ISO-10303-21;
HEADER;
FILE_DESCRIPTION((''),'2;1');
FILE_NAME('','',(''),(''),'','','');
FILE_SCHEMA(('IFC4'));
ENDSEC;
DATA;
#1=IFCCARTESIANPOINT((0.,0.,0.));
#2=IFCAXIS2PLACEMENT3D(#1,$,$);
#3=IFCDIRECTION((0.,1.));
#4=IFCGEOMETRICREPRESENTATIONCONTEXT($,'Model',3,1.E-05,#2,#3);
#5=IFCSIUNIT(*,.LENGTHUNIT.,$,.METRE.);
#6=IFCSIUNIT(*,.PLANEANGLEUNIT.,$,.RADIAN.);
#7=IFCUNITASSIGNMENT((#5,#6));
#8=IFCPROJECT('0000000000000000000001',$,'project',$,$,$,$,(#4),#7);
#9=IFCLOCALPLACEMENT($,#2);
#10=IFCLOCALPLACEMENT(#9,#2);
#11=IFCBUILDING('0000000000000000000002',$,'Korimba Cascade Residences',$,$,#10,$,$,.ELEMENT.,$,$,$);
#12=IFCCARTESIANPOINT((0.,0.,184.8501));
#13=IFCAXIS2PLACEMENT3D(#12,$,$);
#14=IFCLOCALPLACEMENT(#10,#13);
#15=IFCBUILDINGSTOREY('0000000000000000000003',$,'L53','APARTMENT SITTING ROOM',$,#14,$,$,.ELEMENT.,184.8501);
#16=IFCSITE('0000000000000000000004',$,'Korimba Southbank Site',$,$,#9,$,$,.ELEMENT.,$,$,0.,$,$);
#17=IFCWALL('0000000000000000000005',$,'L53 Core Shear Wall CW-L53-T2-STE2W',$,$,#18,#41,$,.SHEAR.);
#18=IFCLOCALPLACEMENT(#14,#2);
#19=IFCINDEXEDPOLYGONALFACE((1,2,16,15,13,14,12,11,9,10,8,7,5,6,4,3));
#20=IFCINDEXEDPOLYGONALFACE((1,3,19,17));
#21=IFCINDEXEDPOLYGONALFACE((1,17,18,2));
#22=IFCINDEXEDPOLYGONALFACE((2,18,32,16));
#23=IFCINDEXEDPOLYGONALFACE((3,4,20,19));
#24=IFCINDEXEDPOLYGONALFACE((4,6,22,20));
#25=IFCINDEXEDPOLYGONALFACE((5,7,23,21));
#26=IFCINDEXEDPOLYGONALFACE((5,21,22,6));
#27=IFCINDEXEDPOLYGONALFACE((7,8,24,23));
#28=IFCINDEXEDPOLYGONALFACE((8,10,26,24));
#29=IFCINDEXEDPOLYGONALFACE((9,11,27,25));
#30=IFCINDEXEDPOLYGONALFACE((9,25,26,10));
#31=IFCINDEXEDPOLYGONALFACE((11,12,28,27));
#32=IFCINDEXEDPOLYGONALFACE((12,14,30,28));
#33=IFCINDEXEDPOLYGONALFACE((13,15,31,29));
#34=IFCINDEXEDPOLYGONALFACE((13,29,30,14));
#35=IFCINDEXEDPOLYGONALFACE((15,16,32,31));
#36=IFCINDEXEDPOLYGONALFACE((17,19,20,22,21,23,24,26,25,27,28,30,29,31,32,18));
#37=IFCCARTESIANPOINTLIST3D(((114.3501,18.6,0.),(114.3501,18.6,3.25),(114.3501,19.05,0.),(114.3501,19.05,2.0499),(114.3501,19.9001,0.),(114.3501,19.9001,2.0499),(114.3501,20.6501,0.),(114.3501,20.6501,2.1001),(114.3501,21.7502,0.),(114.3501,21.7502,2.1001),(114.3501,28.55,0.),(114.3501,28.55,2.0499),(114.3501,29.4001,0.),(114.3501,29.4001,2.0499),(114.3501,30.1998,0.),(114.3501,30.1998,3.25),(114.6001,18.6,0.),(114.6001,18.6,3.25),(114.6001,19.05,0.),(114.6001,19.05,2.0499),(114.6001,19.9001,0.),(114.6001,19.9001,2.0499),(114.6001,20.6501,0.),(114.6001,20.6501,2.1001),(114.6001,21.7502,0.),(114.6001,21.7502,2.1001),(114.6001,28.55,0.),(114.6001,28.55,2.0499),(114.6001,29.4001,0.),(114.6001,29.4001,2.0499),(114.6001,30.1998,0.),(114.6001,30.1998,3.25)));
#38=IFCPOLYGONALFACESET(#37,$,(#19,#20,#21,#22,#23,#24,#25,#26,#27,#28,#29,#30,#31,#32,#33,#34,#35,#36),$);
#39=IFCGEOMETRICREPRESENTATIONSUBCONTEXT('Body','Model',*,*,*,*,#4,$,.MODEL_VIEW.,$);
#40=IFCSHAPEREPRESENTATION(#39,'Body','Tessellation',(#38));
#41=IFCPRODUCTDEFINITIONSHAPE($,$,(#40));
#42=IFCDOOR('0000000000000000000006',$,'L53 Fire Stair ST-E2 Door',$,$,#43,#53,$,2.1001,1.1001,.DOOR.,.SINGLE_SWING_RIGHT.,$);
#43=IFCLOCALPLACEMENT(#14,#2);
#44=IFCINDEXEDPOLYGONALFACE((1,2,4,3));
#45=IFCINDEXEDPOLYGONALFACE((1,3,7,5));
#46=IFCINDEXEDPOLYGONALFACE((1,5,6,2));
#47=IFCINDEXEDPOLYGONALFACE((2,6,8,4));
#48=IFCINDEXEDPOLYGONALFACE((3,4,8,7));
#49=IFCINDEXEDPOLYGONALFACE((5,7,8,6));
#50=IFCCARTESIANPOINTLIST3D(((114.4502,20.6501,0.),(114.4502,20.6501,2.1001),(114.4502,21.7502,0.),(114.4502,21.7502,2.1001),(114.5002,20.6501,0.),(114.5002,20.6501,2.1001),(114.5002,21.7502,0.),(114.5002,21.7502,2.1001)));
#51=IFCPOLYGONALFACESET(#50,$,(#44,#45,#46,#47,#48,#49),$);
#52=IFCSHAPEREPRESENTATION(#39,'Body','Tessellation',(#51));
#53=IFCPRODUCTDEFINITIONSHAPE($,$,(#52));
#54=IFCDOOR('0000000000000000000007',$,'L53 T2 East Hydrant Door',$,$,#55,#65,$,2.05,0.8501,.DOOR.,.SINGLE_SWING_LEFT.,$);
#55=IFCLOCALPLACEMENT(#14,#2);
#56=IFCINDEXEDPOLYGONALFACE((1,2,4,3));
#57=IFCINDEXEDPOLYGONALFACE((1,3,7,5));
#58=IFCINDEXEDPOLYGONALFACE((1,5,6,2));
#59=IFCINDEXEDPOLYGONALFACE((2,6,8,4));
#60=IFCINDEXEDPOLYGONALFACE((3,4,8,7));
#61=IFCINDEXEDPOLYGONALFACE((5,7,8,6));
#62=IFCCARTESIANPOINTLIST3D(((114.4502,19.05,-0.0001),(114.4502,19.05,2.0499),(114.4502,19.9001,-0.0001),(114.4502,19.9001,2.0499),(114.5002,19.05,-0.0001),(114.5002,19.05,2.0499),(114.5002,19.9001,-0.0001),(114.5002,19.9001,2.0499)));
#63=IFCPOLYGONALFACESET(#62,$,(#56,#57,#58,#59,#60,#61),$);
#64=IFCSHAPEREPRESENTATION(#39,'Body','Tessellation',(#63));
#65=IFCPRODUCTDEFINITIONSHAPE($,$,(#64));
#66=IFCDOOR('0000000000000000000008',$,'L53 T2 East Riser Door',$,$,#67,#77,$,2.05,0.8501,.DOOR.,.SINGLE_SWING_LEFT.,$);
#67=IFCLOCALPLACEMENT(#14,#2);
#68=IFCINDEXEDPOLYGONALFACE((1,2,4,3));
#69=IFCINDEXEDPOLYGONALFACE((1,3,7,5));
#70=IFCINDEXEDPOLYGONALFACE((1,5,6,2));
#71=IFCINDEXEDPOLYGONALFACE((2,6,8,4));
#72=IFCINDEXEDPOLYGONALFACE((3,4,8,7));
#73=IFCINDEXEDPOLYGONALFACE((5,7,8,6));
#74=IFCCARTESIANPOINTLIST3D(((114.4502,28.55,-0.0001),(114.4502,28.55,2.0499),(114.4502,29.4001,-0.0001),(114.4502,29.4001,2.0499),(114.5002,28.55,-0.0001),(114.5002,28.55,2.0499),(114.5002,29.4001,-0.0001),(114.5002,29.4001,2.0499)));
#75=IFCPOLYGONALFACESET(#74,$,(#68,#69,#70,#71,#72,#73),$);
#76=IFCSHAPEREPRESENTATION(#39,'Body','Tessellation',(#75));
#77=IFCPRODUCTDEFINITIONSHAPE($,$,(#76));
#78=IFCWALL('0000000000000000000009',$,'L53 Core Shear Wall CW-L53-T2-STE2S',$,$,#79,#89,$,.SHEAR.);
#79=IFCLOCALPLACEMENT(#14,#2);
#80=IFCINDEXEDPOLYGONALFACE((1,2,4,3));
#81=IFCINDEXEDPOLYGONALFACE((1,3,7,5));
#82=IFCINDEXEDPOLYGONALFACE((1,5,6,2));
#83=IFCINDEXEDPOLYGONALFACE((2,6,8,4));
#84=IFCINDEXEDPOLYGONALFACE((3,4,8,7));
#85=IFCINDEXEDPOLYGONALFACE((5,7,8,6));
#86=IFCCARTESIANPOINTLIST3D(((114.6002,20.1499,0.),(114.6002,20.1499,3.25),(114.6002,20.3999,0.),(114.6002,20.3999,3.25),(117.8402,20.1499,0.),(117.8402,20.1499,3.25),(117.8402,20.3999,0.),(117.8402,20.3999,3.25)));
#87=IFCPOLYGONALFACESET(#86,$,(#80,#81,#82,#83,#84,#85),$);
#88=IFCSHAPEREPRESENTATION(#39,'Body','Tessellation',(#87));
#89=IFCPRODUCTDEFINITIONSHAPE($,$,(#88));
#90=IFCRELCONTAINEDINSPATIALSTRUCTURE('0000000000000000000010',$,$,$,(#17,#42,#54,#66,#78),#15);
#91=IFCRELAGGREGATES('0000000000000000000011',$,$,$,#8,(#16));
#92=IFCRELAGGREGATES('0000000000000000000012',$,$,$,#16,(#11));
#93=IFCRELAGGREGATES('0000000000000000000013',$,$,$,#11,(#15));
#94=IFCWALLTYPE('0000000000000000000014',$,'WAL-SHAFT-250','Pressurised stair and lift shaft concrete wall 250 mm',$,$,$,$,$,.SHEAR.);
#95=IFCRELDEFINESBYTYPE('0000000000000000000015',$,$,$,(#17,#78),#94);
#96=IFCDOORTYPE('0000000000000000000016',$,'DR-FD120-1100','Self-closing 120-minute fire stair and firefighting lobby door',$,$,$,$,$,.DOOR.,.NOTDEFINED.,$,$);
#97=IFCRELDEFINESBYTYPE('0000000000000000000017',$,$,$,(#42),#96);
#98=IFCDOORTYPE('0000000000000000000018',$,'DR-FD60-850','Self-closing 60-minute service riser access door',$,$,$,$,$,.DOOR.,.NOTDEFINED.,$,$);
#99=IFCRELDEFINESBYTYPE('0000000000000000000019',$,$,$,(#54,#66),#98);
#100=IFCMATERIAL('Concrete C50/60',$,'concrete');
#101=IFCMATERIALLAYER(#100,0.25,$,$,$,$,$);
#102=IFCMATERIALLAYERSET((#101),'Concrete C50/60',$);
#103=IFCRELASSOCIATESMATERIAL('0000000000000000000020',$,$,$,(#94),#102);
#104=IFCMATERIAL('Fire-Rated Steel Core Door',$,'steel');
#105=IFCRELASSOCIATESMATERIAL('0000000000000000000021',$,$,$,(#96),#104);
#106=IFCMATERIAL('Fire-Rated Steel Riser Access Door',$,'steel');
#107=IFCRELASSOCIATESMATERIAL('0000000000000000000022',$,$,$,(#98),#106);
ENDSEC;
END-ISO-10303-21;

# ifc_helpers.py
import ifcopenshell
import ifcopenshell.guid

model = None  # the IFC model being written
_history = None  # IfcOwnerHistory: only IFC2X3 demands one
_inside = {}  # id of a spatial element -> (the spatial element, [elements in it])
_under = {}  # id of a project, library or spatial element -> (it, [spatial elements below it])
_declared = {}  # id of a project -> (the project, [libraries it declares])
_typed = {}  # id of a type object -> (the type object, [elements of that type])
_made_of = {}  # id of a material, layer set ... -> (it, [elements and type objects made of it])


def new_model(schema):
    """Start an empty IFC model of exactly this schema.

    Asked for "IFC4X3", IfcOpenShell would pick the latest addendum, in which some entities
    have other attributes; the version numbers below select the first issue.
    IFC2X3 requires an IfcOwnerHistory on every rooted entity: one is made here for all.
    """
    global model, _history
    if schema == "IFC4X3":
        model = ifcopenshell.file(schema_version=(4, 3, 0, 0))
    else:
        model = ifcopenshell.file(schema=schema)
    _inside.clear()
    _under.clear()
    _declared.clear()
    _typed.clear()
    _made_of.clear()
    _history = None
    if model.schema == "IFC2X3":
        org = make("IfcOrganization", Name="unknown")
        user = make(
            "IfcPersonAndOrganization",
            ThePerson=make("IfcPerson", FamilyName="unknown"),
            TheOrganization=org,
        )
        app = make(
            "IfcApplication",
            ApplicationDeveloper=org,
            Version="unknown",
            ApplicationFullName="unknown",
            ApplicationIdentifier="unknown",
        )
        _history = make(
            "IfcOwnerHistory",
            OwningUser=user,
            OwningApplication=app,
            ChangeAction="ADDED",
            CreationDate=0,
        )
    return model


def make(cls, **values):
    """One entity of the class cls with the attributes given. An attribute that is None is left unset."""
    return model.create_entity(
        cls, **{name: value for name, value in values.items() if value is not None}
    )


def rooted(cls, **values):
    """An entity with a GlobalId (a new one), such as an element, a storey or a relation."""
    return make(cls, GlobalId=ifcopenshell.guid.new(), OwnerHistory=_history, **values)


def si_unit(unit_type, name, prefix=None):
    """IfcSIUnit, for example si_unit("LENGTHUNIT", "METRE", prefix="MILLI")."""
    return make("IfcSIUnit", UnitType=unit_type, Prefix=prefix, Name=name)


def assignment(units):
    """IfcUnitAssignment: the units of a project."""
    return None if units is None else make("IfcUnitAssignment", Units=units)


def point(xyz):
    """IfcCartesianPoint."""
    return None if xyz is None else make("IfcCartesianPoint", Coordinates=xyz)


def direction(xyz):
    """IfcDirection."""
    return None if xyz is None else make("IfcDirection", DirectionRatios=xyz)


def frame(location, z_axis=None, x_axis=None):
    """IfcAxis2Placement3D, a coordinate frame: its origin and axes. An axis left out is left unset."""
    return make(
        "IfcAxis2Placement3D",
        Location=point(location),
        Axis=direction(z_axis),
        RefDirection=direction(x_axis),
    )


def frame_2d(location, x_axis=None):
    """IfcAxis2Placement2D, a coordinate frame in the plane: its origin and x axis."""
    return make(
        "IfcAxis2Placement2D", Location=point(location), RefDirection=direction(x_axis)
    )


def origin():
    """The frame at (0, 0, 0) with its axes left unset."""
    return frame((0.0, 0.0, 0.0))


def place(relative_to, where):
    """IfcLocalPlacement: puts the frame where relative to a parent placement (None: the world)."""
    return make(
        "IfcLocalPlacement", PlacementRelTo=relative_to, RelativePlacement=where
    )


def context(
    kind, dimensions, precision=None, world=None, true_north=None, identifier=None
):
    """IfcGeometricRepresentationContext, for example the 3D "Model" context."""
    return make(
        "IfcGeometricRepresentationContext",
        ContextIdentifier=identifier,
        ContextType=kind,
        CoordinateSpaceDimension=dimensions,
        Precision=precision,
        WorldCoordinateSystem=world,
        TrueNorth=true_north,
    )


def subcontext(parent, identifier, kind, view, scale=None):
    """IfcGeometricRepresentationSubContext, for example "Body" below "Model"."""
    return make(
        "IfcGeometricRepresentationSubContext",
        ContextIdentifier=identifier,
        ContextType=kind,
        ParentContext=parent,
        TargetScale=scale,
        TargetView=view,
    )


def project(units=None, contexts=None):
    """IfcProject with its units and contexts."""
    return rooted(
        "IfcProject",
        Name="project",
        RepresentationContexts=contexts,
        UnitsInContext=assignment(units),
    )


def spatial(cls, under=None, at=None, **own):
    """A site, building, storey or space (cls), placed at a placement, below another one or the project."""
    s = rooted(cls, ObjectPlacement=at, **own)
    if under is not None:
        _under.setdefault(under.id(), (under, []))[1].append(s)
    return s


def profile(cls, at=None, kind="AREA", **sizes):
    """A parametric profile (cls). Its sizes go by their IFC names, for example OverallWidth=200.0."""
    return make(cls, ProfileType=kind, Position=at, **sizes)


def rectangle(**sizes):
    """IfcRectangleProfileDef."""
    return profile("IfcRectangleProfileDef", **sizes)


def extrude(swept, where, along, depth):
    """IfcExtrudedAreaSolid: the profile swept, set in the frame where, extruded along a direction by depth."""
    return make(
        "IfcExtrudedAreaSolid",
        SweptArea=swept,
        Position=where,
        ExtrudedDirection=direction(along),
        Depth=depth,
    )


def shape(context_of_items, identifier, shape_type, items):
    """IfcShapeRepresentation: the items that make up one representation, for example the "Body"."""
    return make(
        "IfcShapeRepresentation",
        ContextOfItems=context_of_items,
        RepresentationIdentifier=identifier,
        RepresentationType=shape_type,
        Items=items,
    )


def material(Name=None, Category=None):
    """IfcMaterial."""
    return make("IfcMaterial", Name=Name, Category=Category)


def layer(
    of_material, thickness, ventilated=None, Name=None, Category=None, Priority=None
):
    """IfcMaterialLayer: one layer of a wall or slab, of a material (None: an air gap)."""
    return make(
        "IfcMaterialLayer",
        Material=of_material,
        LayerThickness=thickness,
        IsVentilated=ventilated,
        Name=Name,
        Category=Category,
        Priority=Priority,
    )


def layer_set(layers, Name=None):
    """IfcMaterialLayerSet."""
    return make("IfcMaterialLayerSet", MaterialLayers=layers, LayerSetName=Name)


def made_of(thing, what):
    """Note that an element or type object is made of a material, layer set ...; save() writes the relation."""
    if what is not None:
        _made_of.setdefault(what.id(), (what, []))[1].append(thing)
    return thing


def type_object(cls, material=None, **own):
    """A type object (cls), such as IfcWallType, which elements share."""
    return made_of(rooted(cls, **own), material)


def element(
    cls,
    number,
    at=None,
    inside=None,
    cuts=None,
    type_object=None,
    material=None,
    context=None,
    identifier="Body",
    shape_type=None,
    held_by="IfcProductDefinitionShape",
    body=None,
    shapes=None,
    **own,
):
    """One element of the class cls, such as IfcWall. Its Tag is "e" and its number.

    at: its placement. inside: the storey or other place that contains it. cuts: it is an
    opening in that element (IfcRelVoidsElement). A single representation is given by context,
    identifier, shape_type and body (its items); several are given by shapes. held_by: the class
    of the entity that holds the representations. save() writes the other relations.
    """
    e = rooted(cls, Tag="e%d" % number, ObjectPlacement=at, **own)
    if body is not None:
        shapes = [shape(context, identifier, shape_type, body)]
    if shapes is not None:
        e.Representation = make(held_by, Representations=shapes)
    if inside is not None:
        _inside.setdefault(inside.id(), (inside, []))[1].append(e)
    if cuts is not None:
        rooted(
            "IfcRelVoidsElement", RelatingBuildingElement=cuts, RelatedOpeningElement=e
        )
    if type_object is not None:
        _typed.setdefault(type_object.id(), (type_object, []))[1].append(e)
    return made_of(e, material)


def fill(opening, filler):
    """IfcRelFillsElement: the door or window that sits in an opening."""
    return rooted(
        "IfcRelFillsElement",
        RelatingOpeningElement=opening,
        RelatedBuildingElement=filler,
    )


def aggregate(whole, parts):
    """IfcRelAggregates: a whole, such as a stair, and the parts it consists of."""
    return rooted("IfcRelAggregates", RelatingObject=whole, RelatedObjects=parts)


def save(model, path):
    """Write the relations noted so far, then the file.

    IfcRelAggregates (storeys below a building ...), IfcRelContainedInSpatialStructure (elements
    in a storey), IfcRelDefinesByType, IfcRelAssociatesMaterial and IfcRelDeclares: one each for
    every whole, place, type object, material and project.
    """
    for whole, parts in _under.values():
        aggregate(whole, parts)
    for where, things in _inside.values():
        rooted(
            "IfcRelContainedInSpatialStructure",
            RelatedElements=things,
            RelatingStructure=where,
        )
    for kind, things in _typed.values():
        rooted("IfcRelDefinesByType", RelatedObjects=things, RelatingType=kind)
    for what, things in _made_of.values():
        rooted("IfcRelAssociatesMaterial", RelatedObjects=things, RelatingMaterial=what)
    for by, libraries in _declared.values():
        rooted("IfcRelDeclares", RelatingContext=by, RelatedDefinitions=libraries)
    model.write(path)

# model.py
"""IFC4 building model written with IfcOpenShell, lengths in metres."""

from ifc_helpers import new_model, si_unit, direction, frame, frame_2d, origin, place, context, subcontext, project, spatial, rectangle, extrude, material, layer, layer_set, type_object, element, fill, save


model = new_model("IFC4")

# Units and contexts
model_context = context("Model", 3, precision=1e-05, world=origin(), true_north=direction((0.0, 1.0)))
body_context = subcontext(model_context, "Body", "Model", "MODEL_VIEW")
ifc_project = project(units=[si_unit("LENGTHUNIT", "METRE"), si_unit("PLANEANGLEUNIT", "RADIAN")], contexts=[model_context])

# Site, building, storey
site_placement = place(None, origin())
site = spatial("IfcSite", under=ifc_project, at=site_placement, Name="Korimba Southbank Site", CompositionType="ELEMENT", RefElevation=0.0)
building_placement = place(site_placement, origin())
building = spatial("IfcBuilding", under=site, at=building_placement, Name="Korimba Cascade Residences", CompositionType="ELEMENT")
storey_placement = place(building_placement, frame((0.0, 0.0, 184.8501)))
storey = spatial("IfcBuildingStorey", under=building, at=storey_placement, Name="L53", Description="APARTMENT SITTING ROOM", CompositionType="ELEMENT", Elevation=184.8501)

# Shared definitions
ifc_material_1 = material(Name="Concrete C50/60", Category="concrete")

# Wall, openings, doors
ifc_layer_1 = layer(ifc_material_1, 0.25)
ifc_layer_set_1 = layer_set([ifc_layer_1], Name="Concrete C50/60")
wall_type_1 = type_object("IfcWallType", Name="WAL-SHAFT-250", Description="Pressurised stair and lift shaft concrete wall 250 mm", PredefinedType="SHEAR", material=ifc_layer_set_1)
wall_1_placement = place(storey_placement, frame((114.4751, 18.6001, 0.0), z_axis=(0.0, 0.0, 1.0), x_axis=(0.0, 1.0, 0.0)))
wall_1 = element("IfcWall", 1, at=wall_1_placement, inside=storey, type_object=wall_type_1, Name="L53 Core Shear Wall CW-L53-T2-STE2W", PredefinedType="SHEAR", context=body_context, shape_type="SweptSolid", body=[
    extrude(rectangle(XDim=11.5999, YDim=0.25, at=frame_2d((5.7998, 0.0))), origin(), (0.0, 0.0, 1.0), 3.25),
])
opening_1_placement = place(wall_1_placement, frame((0.45, 0.0, 0.0)))
opening_1 = element("IfcOpeningElement", 2, at=opening_1_placement, cuts=wall_1, PredefinedType="OPENING", context=body_context, shape_type="SweptSolid", body=[
    extrude(rectangle(XDim=0.8501, YDim=2.05, at=frame_2d((0.425, 1.0249))), frame((0.0, 0.135, 0.0), z_axis=(0.0, -1.0, 0.0), x_axis=(1.0, 0.0, 0.0)), (0.0, 0.0, 1.0), 0.27),
])
opening_2_placement = place(wall_1_placement, frame((2.05, 0.0, 0.0)))
opening_2 = element("IfcOpeningElement", 3, at=opening_2_placement, cuts=wall_1, PredefinedType="OPENING", context=body_context, shape_type="SweptSolid", body=[
    extrude(rectangle(XDim=1.1001, YDim=2.1001, at=frame_2d((0.55, 1.05))), frame((0.0, 0.135, 0.0), z_axis=(0.0, -1.0, 0.0), x_axis=(1.0, 0.0, 0.0)), (0.0, 0.0, 1.0), 0.27),
])
opening_3_placement = place(wall_1_placement, frame((9.95, 0.0, 0.0)))
opening_3 = element("IfcOpeningElement", 4, at=opening_3_placement, cuts=wall_1, PredefinedType="OPENING", context=body_context, shape_type="SweptSolid", body=[
    extrude(rectangle(XDim=0.8501, YDim=2.05, at=frame_2d((0.425, 1.0249))), frame((0.0, 0.135, 0.0), z_axis=(0.0, -1.0, 0.0), x_axis=(1.0, 0.0, 0.0)), (0.0, 0.0, 1.0), 0.27),
])
ifc_material_2 = material(Name="Fire-Rated Steel Core Door", Category="steel")
door_type_1 = type_object("IfcDoorType", Name="DR-FD120-1100", Description="Self-closing 120-minute fire stair and firefighting lobby door", OperationType="NOTDEFINED", PredefinedType="DOOR", material=ifc_material_2)
door_1_placement = place(opening_2_placement, origin())
door_1 = element("IfcDoor", 5, at=door_1_placement, inside=storey, type_object=door_type_1, Name="L53 Fire Stair ST-E2 Door", OperationType="SINGLE_SWING_RIGHT", OverallHeight=2.1001, OverallWidth=1.1001, PredefinedType="DOOR", context=body_context, shape_type="SweptSolid", body=[
    extrude(rectangle(XDim=1.1001, YDim=2.1001, at=frame_2d((0.55, 1.05))), frame((0.0, 0.0249, 0.0), z_axis=(0.0, -1.0, 0.0), x_axis=(1.0, 0.0, 0.0)), (0.0, 0.0, 1.0), 0.05),
])
fill(opening_2, door_1)
ifc_material_3 = material(Name="Fire-Rated Steel Riser Access Door", Category="steel")
door_type_2 = type_object("IfcDoorType", Name="DR-FD60-850", Description="Self-closing 60-minute service riser access door", OperationType="NOTDEFINED", PredefinedType="DOOR", material=ifc_material_3)
door_2_placement = place(opening_1_placement, origin())
door_2 = element("IfcDoor", 6, at=door_2_placement, inside=storey, type_object=door_type_2, Name="L53 T2 East Hydrant Door", OperationType="SINGLE_SWING_LEFT", OverallHeight=2.05, OverallWidth=0.8501, PredefinedType="DOOR", context=body_context, shape_type="SweptSolid", body=[
    extrude(rectangle(XDim=0.8501, YDim=2.05, at=frame_2d((0.425, 1.0249))), frame((0.0, 0.0249, 0.0), z_axis=(0.0, -1.0, 0.0), x_axis=(1.0, 0.0, 0.0)), (0.0, 0.0, 1.0), 0.05),
])
fill(opening_1, door_2)
door_3_placement = place(opening_3_placement, origin())
door_3 = element("IfcDoor", 7, at=door_3_placement, inside=storey, type_object=door_type_2, Name="L53 T2 East Riser Door", OperationType="SINGLE_SWING_LEFT", OverallHeight=2.05, OverallWidth=0.8501, PredefinedType="DOOR", context=body_context, shape_type="SweptSolid", body=[
    extrude(rectangle(XDim=0.8501, YDim=2.05, at=frame_2d((0.425, 1.0249))), frame((0.0, 0.0249, 0.0), z_axis=(0.0, -1.0, 0.0), x_axis=(1.0, 0.0, 0.0)), (0.0, 0.0, 1.0), 0.05),
])
fill(opening_3, door_3)

# Wall
wall_2_placement = place(storey_placement, frame((114.6001, 20.2749, 0.0), z_axis=(0.0, 0.0, 1.0), x_axis=(1.0, 0.0, 0.0)))
element("IfcWall", 8, at=wall_2_placement, inside=storey, type_object=wall_type_1, Name="L53 Core Shear Wall CW-L53-T2-STE2S", PredefinedType="SHEAR", context=body_context, shape_type="SweptSolid", body=[
    extrude(rectangle(XDim=3.24, YDim=0.25, at=frame_2d((1.6201, 0.0))), origin(), (0.0, 0.0, 1.0), 3.25),
])

save(model, "model.ifc")
